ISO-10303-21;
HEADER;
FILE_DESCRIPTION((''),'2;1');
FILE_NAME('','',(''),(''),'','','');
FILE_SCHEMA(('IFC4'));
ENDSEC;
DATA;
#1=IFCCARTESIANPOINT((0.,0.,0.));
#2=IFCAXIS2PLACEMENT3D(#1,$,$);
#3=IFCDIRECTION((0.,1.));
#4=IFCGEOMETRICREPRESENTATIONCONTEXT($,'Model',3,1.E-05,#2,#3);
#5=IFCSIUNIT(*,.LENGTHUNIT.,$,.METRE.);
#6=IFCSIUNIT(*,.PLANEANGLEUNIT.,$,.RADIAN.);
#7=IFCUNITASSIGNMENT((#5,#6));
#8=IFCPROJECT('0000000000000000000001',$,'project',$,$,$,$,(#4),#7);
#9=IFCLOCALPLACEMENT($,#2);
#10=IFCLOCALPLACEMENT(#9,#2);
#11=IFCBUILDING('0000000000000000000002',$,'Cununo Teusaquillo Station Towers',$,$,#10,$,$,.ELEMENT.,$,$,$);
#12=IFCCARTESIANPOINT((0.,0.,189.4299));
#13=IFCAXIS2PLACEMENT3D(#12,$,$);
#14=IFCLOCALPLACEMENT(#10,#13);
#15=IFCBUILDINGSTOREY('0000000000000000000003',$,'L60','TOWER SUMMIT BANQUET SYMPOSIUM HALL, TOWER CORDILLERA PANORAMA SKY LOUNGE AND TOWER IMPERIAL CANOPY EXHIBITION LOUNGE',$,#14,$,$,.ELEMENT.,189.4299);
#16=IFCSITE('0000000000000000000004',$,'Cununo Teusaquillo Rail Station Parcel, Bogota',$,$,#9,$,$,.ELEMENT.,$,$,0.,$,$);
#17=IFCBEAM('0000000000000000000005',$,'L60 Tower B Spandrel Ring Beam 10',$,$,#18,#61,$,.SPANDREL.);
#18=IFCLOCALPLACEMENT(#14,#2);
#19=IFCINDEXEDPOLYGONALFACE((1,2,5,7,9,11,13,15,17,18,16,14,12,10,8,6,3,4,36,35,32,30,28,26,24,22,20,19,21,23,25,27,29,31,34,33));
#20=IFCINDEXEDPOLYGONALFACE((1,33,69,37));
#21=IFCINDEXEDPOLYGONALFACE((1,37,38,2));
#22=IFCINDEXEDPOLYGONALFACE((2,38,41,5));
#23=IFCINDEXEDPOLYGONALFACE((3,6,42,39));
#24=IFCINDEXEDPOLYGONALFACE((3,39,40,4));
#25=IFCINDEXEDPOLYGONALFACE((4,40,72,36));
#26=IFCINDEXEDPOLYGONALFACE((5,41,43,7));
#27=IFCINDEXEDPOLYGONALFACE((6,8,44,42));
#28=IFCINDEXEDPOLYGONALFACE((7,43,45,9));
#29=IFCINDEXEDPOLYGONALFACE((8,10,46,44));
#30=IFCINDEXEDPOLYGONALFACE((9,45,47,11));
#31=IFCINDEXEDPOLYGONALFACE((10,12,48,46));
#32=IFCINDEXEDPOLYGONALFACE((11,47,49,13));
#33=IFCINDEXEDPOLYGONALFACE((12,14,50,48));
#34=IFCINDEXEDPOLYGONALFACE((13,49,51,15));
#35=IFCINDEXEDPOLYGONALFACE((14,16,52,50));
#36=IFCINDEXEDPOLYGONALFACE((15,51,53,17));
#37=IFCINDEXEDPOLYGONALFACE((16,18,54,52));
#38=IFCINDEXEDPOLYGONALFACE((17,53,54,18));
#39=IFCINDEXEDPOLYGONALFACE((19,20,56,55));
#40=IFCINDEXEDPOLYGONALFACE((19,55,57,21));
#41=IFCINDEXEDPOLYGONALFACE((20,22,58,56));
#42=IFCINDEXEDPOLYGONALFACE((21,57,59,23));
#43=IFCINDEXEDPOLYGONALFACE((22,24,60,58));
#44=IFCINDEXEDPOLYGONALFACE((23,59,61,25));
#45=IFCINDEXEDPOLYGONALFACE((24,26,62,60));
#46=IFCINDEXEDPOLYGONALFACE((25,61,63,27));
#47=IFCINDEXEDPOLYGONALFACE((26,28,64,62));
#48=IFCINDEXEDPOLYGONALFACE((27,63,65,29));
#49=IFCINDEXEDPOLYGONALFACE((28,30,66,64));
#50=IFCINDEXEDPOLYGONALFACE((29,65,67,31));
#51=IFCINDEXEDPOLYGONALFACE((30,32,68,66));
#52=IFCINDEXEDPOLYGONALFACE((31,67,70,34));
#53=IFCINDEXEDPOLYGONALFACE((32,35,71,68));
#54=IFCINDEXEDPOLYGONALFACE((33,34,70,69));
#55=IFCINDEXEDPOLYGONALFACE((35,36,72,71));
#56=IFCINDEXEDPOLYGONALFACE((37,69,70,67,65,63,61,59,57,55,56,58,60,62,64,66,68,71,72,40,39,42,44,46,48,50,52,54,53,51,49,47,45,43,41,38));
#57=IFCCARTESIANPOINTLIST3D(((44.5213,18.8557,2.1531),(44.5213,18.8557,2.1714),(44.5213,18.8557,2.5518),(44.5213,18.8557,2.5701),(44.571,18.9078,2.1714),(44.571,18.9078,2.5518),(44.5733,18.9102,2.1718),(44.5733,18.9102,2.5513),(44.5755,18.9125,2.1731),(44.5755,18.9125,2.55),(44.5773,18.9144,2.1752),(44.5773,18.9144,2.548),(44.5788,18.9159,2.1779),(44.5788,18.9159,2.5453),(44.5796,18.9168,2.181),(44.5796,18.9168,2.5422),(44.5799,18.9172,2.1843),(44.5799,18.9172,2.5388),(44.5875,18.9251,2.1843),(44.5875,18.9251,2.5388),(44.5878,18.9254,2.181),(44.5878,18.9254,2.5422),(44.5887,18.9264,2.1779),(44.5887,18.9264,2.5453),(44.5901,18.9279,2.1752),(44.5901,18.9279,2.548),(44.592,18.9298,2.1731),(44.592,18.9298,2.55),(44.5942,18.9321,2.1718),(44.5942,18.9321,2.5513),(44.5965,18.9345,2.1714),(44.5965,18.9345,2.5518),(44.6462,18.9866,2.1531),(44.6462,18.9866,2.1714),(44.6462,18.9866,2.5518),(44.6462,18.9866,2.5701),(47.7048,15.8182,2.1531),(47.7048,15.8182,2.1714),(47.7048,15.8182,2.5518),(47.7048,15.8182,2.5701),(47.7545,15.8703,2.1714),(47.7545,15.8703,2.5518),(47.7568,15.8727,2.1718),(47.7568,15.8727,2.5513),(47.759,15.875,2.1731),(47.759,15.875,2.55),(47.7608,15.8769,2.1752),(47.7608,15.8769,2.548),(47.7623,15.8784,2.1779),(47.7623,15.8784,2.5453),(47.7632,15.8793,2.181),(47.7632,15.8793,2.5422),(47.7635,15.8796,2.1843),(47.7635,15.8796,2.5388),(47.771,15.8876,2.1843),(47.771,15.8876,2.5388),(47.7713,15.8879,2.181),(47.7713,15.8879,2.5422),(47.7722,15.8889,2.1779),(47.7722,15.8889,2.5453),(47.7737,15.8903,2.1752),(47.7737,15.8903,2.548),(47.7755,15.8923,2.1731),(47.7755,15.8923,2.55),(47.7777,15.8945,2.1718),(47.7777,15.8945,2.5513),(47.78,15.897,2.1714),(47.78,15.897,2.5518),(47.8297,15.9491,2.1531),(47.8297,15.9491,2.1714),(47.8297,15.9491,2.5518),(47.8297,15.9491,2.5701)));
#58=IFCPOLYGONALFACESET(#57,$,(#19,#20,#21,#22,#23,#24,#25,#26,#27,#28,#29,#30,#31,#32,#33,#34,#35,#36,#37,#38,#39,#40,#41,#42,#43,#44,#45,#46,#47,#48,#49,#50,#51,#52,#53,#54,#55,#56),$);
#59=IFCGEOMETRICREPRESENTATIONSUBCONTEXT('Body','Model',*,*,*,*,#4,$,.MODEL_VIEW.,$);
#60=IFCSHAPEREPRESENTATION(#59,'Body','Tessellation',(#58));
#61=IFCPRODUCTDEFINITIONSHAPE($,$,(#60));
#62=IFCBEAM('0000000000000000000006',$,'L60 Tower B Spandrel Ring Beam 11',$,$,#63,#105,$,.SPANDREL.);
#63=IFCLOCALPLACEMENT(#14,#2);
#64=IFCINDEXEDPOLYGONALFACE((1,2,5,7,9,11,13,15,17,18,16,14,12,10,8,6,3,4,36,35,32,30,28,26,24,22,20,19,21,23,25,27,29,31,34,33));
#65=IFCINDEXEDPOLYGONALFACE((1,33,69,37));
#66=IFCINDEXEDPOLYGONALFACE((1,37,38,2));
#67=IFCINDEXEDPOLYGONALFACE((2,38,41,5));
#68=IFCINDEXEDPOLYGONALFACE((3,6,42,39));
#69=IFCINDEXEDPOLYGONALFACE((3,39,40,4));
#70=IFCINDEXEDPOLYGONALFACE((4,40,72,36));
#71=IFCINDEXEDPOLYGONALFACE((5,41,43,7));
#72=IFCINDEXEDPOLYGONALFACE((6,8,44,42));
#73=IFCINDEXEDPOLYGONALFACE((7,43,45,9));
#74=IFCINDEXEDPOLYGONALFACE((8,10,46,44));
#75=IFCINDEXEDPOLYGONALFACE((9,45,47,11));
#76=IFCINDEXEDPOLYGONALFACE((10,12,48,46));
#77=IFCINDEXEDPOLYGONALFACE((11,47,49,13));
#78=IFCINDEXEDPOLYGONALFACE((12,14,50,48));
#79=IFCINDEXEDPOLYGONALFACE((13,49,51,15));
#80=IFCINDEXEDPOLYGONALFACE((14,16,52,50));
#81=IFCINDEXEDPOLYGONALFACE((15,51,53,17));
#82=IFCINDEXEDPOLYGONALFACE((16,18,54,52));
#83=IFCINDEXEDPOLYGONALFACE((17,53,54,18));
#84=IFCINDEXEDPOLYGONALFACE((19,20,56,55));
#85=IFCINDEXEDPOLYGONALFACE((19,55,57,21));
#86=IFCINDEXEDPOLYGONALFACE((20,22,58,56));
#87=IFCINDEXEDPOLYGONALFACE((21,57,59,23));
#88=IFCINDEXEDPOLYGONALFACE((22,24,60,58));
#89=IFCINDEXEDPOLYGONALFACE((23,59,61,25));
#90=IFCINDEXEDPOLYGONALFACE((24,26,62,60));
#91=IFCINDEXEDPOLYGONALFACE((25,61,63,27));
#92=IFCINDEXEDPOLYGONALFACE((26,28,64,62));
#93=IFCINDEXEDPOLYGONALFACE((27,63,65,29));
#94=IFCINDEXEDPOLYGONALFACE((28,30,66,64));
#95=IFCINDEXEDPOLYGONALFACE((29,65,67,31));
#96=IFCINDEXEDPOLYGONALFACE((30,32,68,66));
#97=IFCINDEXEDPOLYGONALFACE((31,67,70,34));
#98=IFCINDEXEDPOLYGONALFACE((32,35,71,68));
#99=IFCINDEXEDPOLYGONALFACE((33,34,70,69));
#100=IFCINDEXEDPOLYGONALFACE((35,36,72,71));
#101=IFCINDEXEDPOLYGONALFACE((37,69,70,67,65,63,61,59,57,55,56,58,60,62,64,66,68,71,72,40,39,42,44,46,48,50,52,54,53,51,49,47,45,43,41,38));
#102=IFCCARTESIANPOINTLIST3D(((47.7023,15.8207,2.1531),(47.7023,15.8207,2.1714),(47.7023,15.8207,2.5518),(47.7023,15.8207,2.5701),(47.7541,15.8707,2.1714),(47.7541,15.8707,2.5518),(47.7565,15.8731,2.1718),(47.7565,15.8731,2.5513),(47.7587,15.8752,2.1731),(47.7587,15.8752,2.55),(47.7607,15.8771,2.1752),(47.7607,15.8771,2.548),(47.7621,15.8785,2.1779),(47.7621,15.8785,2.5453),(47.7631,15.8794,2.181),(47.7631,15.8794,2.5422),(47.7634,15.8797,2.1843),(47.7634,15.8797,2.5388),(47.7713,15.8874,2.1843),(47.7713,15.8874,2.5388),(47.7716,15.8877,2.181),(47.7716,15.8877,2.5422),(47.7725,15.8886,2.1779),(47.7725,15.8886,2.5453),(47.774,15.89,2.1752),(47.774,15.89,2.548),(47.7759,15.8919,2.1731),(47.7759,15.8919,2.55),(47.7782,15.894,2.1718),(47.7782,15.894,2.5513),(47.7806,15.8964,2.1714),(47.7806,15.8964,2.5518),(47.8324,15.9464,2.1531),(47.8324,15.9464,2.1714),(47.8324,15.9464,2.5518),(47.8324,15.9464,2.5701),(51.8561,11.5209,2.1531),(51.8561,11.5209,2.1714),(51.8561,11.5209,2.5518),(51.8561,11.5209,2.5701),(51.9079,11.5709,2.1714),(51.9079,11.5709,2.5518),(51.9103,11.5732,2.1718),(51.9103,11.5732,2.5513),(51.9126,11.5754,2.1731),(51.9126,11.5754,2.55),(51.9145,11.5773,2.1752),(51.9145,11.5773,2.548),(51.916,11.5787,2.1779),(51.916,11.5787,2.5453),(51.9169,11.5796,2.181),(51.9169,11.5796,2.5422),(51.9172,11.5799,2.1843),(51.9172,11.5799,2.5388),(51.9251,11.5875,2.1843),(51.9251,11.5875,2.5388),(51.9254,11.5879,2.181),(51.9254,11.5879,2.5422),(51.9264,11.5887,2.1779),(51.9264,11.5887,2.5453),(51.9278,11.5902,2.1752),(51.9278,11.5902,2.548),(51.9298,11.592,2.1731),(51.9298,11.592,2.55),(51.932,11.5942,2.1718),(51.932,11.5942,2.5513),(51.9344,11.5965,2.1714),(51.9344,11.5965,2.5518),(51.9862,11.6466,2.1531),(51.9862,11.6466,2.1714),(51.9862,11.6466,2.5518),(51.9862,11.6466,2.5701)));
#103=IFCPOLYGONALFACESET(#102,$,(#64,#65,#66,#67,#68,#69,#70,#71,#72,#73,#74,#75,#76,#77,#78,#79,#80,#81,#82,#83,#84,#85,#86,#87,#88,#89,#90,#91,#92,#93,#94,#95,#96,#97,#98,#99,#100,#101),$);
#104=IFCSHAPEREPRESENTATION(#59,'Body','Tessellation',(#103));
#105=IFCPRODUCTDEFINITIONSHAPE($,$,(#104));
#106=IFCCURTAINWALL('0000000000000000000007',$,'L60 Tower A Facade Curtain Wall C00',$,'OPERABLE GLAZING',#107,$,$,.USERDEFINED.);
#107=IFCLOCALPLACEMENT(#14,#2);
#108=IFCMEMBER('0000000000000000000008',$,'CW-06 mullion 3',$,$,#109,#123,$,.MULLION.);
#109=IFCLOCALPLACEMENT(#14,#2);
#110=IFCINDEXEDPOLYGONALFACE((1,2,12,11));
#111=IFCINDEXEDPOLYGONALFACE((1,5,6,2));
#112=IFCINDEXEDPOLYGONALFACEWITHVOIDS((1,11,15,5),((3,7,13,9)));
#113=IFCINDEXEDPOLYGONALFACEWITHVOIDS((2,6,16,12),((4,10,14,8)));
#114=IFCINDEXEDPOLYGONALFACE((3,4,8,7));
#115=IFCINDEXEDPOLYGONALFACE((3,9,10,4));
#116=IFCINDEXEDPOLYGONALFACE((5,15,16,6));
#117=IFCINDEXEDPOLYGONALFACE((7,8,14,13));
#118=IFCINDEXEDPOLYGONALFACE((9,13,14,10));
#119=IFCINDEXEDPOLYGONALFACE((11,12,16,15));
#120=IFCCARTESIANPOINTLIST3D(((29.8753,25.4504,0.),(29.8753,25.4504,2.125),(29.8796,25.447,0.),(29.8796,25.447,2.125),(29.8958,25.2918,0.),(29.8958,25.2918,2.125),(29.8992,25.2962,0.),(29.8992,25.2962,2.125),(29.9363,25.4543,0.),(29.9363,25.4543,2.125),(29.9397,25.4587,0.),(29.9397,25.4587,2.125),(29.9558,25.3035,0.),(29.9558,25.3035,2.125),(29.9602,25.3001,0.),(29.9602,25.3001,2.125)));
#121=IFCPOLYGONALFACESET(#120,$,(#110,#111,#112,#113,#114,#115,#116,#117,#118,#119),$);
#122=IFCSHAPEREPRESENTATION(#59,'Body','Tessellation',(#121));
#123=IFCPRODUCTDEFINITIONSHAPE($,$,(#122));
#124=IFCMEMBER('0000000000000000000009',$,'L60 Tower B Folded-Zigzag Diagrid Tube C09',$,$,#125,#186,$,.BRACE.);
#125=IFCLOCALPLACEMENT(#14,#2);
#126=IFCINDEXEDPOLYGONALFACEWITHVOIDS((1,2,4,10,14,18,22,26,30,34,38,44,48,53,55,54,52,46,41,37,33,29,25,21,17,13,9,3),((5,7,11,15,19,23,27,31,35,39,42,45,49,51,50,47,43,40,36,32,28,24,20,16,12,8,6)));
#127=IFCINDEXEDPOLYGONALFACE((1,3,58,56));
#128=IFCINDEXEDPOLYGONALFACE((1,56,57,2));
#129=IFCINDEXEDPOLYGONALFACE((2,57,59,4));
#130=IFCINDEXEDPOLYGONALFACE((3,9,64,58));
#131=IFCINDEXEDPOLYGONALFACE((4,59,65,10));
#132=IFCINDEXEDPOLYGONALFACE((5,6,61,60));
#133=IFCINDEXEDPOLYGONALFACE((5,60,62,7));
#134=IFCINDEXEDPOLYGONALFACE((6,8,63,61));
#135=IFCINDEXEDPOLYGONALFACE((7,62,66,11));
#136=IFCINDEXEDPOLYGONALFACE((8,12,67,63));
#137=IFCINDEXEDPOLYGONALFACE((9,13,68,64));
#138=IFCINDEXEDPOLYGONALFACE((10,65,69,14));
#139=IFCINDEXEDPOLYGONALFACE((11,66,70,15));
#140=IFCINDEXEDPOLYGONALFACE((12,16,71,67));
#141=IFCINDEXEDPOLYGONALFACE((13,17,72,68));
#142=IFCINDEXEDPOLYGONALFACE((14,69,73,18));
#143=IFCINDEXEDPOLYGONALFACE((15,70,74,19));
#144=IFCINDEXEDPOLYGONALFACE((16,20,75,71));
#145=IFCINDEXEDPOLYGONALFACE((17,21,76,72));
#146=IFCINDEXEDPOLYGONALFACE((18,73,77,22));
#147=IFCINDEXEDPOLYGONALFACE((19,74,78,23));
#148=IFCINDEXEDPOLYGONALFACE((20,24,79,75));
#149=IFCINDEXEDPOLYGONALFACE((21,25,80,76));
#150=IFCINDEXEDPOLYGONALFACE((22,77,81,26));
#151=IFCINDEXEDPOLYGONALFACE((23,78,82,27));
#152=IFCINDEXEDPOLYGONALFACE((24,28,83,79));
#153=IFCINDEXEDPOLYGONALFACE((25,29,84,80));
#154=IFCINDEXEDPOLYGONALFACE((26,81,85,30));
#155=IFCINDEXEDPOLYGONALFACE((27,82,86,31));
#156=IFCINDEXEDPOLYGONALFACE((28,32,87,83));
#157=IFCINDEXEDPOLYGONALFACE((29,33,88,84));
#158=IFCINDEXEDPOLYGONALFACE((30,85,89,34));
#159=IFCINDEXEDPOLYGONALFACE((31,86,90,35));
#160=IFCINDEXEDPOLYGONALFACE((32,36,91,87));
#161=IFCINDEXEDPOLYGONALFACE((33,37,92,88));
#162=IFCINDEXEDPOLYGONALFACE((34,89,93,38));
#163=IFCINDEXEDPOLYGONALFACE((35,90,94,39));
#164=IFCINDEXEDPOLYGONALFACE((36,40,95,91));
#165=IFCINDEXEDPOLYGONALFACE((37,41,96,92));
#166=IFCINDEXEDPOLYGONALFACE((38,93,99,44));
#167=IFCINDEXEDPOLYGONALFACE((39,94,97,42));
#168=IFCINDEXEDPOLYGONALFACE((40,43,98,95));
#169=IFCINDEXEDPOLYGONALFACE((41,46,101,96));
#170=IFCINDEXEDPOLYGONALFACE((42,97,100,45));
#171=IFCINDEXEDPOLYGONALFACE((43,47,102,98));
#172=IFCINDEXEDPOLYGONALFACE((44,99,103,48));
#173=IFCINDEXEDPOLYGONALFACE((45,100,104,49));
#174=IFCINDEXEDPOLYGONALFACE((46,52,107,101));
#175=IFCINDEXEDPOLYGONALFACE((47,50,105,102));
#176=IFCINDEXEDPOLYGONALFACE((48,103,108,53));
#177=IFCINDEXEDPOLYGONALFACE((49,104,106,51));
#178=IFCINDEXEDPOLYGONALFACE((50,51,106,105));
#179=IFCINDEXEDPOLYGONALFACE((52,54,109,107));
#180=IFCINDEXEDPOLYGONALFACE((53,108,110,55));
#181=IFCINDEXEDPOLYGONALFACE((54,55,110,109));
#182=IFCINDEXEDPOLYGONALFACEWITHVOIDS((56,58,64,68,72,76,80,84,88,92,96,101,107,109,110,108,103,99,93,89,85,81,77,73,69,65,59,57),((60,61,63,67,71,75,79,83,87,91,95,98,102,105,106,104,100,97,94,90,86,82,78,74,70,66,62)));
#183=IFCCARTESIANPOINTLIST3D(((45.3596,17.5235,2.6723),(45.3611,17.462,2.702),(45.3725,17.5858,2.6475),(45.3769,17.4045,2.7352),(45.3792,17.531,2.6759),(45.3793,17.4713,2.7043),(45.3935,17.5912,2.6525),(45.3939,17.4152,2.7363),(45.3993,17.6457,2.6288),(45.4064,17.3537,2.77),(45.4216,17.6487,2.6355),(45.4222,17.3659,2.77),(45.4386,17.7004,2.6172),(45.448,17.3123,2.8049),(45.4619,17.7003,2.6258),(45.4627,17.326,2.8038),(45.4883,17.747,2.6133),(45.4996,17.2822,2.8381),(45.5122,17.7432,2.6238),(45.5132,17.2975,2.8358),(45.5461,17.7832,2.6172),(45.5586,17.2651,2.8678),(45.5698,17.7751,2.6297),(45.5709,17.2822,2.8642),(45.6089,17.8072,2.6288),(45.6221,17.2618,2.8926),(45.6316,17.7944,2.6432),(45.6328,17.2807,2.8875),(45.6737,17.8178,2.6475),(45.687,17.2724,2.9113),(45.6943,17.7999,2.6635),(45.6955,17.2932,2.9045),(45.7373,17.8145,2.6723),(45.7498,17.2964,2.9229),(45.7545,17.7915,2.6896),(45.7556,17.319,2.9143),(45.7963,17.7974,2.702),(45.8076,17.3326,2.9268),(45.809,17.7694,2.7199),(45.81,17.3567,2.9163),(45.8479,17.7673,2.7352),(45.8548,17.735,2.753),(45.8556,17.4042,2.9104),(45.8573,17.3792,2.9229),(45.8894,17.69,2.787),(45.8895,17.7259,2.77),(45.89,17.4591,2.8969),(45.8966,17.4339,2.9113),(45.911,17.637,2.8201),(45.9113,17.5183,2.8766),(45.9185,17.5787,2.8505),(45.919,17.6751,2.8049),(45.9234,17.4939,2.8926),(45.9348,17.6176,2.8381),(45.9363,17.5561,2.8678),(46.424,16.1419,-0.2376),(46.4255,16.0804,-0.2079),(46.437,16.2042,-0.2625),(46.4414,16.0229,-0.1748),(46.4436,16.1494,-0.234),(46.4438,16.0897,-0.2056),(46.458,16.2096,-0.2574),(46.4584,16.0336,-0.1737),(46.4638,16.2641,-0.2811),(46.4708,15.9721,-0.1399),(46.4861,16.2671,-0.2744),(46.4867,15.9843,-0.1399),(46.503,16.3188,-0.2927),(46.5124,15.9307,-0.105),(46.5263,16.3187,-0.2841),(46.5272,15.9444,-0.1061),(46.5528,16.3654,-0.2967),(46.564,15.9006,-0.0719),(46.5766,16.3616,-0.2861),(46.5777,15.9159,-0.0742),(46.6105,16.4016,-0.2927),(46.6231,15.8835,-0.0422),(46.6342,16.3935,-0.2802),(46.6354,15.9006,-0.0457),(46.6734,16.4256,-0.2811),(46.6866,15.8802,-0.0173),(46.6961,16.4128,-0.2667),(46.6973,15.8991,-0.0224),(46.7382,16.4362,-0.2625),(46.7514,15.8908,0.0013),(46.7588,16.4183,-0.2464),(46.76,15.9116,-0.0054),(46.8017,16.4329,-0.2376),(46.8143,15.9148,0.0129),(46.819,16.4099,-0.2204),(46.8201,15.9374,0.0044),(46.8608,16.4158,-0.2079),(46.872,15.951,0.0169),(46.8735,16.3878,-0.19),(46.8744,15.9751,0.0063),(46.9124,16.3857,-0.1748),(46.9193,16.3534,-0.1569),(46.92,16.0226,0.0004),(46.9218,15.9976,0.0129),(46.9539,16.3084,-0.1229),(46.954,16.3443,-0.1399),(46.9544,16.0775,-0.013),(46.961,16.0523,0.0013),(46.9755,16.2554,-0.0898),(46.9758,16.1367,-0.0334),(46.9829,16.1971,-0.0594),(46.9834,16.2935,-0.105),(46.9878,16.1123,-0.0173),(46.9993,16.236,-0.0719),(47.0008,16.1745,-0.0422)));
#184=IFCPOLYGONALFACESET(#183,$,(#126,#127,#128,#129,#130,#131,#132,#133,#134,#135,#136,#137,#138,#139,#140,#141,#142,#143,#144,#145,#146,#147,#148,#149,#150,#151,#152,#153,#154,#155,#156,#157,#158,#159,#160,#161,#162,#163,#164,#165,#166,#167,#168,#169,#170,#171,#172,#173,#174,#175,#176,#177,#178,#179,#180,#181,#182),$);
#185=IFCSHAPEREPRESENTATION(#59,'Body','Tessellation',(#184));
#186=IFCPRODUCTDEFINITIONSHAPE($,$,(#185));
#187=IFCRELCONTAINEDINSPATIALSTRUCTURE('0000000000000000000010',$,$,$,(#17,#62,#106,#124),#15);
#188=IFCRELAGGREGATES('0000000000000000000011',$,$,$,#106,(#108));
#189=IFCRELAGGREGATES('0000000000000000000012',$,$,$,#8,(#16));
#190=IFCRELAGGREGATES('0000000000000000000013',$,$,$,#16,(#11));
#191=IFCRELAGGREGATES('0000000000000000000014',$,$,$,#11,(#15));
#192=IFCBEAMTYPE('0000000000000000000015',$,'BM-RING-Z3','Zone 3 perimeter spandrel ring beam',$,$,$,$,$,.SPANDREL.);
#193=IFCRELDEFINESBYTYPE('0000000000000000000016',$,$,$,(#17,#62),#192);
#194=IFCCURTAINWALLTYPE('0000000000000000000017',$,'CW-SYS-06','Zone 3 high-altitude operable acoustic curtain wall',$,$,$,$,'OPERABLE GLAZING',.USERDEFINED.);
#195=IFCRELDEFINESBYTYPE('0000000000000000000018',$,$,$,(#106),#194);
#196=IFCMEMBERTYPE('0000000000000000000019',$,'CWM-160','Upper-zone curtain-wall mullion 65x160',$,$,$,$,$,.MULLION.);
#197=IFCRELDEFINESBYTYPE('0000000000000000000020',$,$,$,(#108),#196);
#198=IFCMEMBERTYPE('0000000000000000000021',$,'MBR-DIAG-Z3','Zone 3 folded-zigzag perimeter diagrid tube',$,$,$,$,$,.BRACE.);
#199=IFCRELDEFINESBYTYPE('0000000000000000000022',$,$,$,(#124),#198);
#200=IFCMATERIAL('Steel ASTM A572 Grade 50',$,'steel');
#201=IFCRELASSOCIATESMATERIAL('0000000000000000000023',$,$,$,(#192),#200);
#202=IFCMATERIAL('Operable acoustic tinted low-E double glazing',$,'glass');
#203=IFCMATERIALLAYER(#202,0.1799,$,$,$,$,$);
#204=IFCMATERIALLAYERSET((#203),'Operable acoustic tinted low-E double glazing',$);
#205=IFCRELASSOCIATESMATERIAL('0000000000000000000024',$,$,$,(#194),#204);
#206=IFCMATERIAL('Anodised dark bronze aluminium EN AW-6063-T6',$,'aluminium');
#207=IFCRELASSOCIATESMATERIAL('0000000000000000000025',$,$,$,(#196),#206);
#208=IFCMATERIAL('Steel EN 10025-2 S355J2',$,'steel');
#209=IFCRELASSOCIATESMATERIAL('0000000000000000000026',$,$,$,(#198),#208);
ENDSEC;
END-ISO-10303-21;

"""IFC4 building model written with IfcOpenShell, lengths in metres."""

from ifc_helpers import new_model, si_unit, direction, frame, origin, origin_2d, place, context, subcontext, project, spatial, hollow_rectangle, hollow_circle, i_section, extrude, material, layer, layer_set, material_profile, profile_set, type_object, element, aggregate, save


model = new_model("IFC4")

# Units and contexts
model_context = context("Model", 3, precision=1e-05, world=origin(), true_north=direction((0.0, 1.0)))
body_context = subcontext(model_context, "Body", "Model", "MODEL_VIEW")
ifc_project = project(units=[si_unit("LENGTHUNIT", "METRE"), si_unit("PLANEANGLEUNIT", "RADIAN")], contexts=[model_context])

# Site, building, storey
site_placement = place(None, origin())
site = spatial("IfcSite", under=ifc_project, at=site_placement, Name="Cununo Teusaquillo Rail Station Parcel, Bogota", CompositionType="ELEMENT", RefElevation=0.0)
building_placement = place(site_placement, origin())
building = spatial("IfcBuilding", under=site, at=building_placement, Name="Cununo Teusaquillo Station Towers", CompositionType="ELEMENT")
storey_placement = place(building_placement, frame((0.0, 0.0, 189.4299)))
storey = spatial("IfcBuildingStorey", under=building, at=storey_placement, Name="L60", Description="TOWER SUMMIT BANQUET SYMPOSIUM HALL, TOWER CORDILLERA PANORAMA SKY LOUNGE AND TOWER IMPERIAL CANOPY EXHIBITION LOUNGE", CompositionType="ELEMENT", Elevation=189.4299)

# Beams
ifc_material_1 = material(Name="Steel ASTM A572 Grade 50", Category="steel")
ifc_material_profile_1 = material_profile(ifc_material_1, i_section(OverallWidth=0.1809, OverallDepth=0.417, WebThickness=0.011, FlangeThickness=0.0183, FilletRadius=0.0129, at=origin_2d()), Name="W16X57")
ifc_profile_set_1 = profile_set([ifc_material_profile_1], Name="Steel ASTM A572 Grade 50")
beam_type_1 = type_object("IfcBeamType", Name="BM-RING-Z3", Description="Zone 3 perimeter spandrel ring beam", PredefinedType="SPANDREL", material=ifc_profile_set_1)
beam_1_placement = place(storey_placement, frame((44.5837, 18.9211, 2.3616), z_axis=(0.723502, -0.690323, 0.0), x_axis=(0.690323, 0.723502, 0.0)))
element("IfcBeam", 1, at=beam_1_placement, inside=storey, type_object=beam_type_1, Name="L60 Tower B Spandrel Ring Beam 10", PredefinedType="SPANDREL", context=body_context, shape_type="SweptSolid", body=[
    extrude(i_section(OverallWidth=0.1809, OverallDepth=0.417, WebThickness=0.011, FlangeThickness=0.0183, FilletRadius=0.0129, at=origin_2d()), origin(), (0.0, 0.0, 1.0), 4.4001),
])
beam_2_placement = place(storey_placement, frame((47.7673, 15.8835, 2.3616), z_axis=(0.694791, -0.719211, 0.0), x_axis=(0.719211, 0.694791, 0.0)))
element("IfcBeam", 2, at=beam_2_placement, inside=storey, type_object=beam_type_1, Name="L60 Tower B Spandrel Ring Beam 11", PredefinedType="SPANDREL", context=body_context, shape_type="SweptSolid", body=[
    extrude(i_section(OverallWidth=0.1809, OverallDepth=0.417, WebThickness=0.011, FlangeThickness=0.0183, FilletRadius=0.0129, at=origin_2d()), origin(), (0.0, 0.0, 1.0), 5.9785),
])

# Curtain wall, member
ifc_material_2 = material(Name="Operable acoustic tinted low-E double glazing", Category="glass")
ifc_layer_1 = layer(ifc_material_2, 0.1799)
ifc_layer_set_1 = layer_set([ifc_layer_1], Name="Operable acoustic tinted low-E double glazing")
curtain_wall_type = type_object("IfcCurtainWallType", Name="CW-SYS-06", Description="Zone 3 high-altitude operable acoustic curtain wall", ElementType="OPERABLE GLAZING", PredefinedType="USERDEFINED", material=ifc_layer_set_1)
curtain_wall_placement = place(storey_placement, origin())
curtain_wall = element("IfcCurtainWall", 3, at=curtain_wall_placement, inside=storey, type_object=curtain_wall_type, Name="L60 Tower A Facade Curtain Wall C00", ObjectType="OPERABLE GLAZING", PredefinedType="USERDEFINED")
ifc_material_3 = material(Name="Anodised dark bronze aluminium EN AW-6063-T6", Category="aluminium")
ifc_material_profile_2 = material_profile(ifc_material_3, hollow_rectangle(XDim=0.0649, YDim=0.1599, WallThickness=0.0039, at=origin_2d()), Name="CW-MULL-65x160")
ifc_profile_set_2 = profile_set([ifc_material_profile_2], Name="Anodised dark bronze aluminium EN AW-6063-T6")
member_type_1 = type_object("IfcMemberType", Name="CWM-160", Description="Upper-zone curtain-wall mullion 65x160", PredefinedType="MULLION", material=ifc_profile_set_2)
member_1_placement = place(storey_placement, frame((29.9177, 25.3752, 0.0), z_axis=(0.0, 0.0, 1.0), x_axis=(0.991737, 0.128285, 0.0)))
member_1 = element("IfcMember", 4, at=member_1_placement, type_object=member_type_1, Name="CW-06 mullion 3", PredefinedType="MULLION", context=body_context, shape_type="SweptSolid", body=[
    extrude(hollow_rectangle(XDim=0.0649, YDim=0.1599, WallThickness=0.0039, at=origin_2d()), origin(), (0.0, 0.0, 1.0), 2.125),
])
aggregate(curtain_wall, [member_1])

# Member
ifc_material_4 = material(Name="Steel EN 10025-2 S355J2", Category="steel")
ifc_material_profile_3 = material_profile(ifc_material_4, hollow_circle(Radius=0.3049, WallThickness=0.02, at=origin_2d()), Name="CHS 610x20")
ifc_profile_set_3 = profile_set([ifc_material_profile_3], Name="Steel EN 10025-2 S355J2")
member_type_2 = type_object("IfcMemberType", Name="MBR-DIAG-Z3", Description="Zone 3 folded-zigzag perimeter diagrid tube", PredefinedType="BRACE", material=ifc_profile_set_3)
member_2_placement = place(storey_placement, frame((46.7124, 16.1582, -0.1399), z_axis=(-0.313761, 0.407242, 0.857734), x_axis=(-0.792155, -0.610319, 0.0)))
element("IfcMember", 5, at=member_2_placement, inside=storey, type_object=member_type_2, Name="L60 Tower B Folded-Zigzag Diagrid Tube C09", PredefinedType="BRACE", context=body_context, shape_type="SweptSolid", body=[
    extrude(hollow_circle(Radius=0.3049, WallThickness=0.02, at=origin_2d()), origin(), (0.0, 0.0, 1.0), 3.3926),
])

save(model, "model.ifc")
